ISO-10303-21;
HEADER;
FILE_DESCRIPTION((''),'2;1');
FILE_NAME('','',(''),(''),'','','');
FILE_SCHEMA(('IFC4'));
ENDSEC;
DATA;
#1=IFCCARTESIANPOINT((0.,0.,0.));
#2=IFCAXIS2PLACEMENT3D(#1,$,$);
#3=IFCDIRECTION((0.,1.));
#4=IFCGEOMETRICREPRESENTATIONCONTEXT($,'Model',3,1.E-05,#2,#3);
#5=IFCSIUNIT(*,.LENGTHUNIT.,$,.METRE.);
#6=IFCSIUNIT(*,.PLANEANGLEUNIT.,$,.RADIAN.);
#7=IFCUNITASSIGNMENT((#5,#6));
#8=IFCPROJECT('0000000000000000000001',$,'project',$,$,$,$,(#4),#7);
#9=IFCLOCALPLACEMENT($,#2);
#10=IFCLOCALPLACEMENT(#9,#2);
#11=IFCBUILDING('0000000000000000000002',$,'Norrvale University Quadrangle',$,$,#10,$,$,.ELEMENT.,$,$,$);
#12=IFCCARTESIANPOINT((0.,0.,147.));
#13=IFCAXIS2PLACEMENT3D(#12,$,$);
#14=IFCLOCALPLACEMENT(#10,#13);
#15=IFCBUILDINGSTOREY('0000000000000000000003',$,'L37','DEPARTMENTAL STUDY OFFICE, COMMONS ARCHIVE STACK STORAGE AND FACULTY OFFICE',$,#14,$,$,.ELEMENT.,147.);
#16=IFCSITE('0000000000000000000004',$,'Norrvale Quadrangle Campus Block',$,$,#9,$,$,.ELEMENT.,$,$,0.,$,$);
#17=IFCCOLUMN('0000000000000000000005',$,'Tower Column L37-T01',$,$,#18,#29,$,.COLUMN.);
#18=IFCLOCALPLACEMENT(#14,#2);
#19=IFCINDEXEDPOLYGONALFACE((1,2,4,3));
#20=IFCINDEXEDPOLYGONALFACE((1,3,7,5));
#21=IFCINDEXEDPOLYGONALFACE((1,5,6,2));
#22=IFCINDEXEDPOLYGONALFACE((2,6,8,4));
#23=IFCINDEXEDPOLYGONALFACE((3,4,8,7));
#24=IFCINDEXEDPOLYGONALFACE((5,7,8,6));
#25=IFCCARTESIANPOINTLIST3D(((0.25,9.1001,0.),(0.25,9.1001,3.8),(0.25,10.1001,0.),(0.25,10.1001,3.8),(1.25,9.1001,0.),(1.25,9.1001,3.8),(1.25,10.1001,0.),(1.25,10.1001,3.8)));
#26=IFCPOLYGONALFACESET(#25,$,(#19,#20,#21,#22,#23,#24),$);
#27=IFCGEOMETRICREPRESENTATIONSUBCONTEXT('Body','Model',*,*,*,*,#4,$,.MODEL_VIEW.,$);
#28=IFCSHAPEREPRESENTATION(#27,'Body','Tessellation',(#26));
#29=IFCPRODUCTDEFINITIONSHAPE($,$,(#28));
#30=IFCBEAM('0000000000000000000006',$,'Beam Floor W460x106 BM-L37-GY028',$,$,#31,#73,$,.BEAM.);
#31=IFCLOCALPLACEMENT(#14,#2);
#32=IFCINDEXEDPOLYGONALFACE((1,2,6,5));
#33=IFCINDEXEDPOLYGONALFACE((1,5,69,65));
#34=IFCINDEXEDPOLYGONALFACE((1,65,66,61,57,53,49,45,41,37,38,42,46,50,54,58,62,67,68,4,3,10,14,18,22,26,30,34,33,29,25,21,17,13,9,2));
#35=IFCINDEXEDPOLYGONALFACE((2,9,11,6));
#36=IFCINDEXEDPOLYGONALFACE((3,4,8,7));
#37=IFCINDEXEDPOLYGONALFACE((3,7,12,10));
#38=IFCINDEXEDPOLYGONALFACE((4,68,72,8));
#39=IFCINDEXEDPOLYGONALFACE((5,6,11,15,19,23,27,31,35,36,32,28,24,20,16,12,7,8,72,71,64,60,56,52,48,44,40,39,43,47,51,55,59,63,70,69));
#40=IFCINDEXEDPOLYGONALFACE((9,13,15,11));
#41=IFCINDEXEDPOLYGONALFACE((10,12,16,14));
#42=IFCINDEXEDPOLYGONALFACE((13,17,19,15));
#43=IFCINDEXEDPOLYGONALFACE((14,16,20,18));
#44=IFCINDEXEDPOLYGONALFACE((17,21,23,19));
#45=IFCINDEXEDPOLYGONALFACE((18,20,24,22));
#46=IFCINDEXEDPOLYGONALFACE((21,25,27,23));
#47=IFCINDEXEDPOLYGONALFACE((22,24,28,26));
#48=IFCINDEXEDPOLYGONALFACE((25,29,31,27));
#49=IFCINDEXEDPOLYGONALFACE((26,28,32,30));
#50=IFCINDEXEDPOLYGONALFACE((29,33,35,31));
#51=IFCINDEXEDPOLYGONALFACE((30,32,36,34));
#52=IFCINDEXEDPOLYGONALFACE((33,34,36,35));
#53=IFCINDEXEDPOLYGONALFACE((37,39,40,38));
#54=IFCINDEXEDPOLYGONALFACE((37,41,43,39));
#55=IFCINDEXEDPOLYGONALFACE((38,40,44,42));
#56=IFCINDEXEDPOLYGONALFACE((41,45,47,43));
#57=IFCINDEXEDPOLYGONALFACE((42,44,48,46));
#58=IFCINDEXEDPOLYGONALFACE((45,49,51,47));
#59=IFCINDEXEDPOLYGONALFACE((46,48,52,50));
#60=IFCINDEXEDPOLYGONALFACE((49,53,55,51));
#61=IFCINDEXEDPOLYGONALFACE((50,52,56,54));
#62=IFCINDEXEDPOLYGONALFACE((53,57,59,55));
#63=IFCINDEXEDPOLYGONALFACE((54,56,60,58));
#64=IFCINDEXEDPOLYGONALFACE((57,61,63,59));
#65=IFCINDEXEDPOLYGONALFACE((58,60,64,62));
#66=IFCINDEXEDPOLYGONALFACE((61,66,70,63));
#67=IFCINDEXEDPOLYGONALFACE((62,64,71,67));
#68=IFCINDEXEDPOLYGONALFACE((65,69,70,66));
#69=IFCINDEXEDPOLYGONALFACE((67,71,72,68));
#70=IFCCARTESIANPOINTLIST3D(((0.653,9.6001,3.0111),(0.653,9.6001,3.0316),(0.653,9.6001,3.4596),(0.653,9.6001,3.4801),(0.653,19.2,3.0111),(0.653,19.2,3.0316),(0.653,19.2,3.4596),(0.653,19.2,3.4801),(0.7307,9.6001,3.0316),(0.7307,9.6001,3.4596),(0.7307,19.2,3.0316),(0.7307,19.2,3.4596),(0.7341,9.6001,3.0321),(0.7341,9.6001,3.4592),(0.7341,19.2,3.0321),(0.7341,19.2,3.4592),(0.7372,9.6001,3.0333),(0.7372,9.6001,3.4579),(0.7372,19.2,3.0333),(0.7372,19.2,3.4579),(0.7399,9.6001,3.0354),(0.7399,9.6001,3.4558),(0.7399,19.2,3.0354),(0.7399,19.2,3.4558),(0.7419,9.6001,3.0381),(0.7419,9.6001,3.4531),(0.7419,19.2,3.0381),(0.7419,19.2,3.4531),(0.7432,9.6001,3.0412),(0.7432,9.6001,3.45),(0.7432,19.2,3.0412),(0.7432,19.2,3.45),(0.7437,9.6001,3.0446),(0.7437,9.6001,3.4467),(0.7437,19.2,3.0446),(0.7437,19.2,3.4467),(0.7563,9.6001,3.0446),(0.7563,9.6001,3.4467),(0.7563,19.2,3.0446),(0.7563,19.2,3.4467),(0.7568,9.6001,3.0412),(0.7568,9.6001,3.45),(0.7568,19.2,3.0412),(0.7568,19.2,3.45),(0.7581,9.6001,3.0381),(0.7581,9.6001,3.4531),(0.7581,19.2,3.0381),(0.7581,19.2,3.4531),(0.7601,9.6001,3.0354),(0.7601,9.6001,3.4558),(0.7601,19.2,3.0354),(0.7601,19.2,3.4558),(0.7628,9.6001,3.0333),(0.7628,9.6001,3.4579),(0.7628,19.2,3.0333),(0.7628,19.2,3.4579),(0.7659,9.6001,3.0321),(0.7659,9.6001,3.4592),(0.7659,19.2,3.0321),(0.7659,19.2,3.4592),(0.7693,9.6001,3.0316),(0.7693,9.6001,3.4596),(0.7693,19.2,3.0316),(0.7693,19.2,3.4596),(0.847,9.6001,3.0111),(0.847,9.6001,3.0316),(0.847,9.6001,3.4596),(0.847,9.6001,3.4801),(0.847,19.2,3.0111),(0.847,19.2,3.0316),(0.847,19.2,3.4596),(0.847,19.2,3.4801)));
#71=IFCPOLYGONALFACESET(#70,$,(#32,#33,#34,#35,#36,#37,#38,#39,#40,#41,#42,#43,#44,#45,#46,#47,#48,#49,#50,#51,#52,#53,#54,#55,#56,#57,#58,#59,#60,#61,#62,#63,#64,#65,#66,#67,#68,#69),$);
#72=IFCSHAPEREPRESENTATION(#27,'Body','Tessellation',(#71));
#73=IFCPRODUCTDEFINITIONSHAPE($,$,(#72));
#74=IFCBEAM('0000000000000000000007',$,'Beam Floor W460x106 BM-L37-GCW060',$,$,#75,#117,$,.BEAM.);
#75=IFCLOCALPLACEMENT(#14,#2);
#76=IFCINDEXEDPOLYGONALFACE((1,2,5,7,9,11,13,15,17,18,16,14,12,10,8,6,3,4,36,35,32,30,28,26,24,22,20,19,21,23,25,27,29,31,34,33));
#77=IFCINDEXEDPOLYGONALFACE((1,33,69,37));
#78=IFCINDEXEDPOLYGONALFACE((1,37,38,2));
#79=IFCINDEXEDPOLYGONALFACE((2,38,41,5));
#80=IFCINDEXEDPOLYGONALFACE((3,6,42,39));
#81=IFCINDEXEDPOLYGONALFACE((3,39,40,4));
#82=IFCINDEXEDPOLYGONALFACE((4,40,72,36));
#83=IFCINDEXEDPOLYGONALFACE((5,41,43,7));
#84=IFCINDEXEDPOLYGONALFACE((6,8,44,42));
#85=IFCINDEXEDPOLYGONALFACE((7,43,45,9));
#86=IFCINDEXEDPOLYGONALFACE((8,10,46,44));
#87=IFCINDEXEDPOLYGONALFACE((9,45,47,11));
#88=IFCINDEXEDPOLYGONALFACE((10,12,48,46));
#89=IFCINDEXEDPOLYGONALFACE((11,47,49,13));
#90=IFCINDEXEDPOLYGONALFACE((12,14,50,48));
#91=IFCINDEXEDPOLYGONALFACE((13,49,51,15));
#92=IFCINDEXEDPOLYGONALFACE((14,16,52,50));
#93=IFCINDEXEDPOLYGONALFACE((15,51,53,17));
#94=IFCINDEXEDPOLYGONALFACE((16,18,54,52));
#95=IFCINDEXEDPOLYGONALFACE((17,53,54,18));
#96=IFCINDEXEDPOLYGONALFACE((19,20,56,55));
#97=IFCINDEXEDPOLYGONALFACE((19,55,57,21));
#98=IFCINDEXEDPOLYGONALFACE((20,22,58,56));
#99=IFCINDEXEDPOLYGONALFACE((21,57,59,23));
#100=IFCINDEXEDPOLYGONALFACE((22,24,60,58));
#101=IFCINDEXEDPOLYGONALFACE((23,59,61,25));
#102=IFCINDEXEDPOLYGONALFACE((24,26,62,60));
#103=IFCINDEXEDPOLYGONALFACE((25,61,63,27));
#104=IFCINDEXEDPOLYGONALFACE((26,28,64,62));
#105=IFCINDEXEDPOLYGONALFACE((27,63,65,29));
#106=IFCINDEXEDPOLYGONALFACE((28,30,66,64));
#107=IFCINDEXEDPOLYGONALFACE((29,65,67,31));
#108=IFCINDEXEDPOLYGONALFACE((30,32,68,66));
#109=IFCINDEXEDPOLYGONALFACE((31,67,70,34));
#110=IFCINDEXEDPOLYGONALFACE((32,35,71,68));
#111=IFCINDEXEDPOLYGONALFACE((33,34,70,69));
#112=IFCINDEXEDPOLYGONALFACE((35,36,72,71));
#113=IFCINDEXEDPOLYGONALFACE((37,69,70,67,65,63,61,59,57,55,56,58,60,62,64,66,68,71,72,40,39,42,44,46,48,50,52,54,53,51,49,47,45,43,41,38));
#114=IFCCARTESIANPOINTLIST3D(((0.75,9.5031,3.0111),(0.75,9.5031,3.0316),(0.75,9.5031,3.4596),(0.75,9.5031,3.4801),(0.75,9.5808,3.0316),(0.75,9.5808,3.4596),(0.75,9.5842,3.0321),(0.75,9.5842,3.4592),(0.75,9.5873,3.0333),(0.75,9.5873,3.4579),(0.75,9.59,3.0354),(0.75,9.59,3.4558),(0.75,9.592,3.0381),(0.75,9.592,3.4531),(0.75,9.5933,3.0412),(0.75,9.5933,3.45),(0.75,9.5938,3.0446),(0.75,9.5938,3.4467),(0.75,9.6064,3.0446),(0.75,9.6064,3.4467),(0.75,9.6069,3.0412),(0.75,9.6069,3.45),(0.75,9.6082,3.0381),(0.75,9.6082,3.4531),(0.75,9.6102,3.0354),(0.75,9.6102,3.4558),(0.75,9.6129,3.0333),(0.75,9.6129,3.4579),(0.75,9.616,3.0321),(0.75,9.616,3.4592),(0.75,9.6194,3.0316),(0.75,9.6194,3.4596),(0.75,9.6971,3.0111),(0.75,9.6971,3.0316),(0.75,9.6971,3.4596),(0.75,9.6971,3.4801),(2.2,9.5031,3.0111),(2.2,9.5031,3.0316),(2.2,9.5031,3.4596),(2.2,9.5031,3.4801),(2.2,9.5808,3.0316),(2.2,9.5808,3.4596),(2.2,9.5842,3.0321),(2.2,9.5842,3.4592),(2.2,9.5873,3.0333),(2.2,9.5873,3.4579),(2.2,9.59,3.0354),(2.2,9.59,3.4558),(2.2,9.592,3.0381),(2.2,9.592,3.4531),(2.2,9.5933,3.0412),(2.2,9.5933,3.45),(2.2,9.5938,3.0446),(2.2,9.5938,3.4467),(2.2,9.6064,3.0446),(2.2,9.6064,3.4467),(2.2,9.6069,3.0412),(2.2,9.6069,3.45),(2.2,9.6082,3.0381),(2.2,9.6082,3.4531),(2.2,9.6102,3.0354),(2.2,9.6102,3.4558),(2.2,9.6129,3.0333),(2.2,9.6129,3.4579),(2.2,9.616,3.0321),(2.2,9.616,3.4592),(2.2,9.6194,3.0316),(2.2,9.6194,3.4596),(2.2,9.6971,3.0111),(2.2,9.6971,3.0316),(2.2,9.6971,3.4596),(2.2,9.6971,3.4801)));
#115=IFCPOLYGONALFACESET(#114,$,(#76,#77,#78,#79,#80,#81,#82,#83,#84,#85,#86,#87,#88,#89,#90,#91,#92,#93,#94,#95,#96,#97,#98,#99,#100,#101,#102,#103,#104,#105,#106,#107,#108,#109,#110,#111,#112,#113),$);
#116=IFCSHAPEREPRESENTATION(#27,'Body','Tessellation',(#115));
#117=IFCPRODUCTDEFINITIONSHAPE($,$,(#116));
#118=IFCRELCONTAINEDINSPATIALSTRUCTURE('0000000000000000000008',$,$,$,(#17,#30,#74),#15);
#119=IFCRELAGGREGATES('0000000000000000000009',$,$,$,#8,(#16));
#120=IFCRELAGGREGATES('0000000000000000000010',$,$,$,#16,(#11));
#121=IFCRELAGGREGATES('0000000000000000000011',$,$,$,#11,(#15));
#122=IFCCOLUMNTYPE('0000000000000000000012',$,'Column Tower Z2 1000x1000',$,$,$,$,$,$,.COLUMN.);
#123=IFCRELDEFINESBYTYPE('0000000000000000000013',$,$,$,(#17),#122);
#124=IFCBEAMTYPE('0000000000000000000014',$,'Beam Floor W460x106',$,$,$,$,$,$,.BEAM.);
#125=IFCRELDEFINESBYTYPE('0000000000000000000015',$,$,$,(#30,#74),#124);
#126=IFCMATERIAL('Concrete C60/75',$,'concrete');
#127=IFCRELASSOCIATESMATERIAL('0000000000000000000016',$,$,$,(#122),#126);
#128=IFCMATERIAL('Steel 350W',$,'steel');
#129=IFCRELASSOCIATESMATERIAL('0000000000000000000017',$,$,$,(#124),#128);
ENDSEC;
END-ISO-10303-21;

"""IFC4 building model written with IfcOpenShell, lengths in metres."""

from ifc_helpers import new_model, si_unit, direction, frame, origin, origin_2d, place, context, subcontext, project, spatial, rectangle, i_section, extrude, material, material_profile, profile_set, type_object, element, save


model = new_model("IFC4")

# Units and contexts
model_context = context("Model", 3, precision=1e-05, world=origin(), true_north=direction((0.0, 1.0)))
body_context = subcontext(model_context, "Body", "Model", "MODEL_VIEW")
ifc_project = project(units=[si_unit("LENGTHUNIT", "METRE"), si_unit("PLANEANGLEUNIT", "RADIAN")], contexts=[model_context])

# Site, building, storey
site_placement = place(None, origin())
site = spatial("IfcSite", under=ifc_project, at=site_placement, Name="Norrvale Quadrangle Campus Block", CompositionType="ELEMENT", RefElevation=0.0)
building_placement = place(site_placement, origin())
building = spatial("IfcBuilding", under=site, at=building_placement, Name="Norrvale University Quadrangle", CompositionType="ELEMENT")
storey_placement = place(building_placement, frame((0.0, 0.0, 147.0)))
storey = spatial("IfcBuildingStorey", under=building, at=storey_placement, Name="L37", Description="DEPARTMENTAL STUDY OFFICE, COMMONS ARCHIVE STACK STORAGE AND FACULTY OFFICE", CompositionType="ELEMENT", Elevation=147.0)

# Column
ifc_material_1 = material(Name="Concrete C60/75", Category="concrete")
ifc_material_profile_1 = material_profile(ifc_material_1, rectangle(XDim=1.0, YDim=1.0, at=origin_2d()), Name="Concrete C60/75")
ifc_profile_set_1 = profile_set([ifc_material_profile_1], Name="Concrete C60/75")
column_type = type_object("IfcColumnType", Name="Column Tower Z2 1000x1000", PredefinedType="COLUMN", material=ifc_profile_set_1)
column_placement = place(storey_placement, frame((0.75, 9.6001, 0.0), z_axis=(0.0, 0.0, 1.0), x_axis=(1.0, 0.0, 0.0)))
element("IfcColumn", 1, at=column_placement, inside=storey, type_object=column_type, Name="Tower Column L37-T01", PredefinedType="COLUMN", context=body_context, shape_type="SweptSolid", body=[
    extrude(rectangle(XDim=1.0, YDim=1.0, at=origin_2d()), origin(), (0.0, 0.0, 1.0), 3.8),
])

# Beams
ifc_material_2 = material(Name="Steel 350W", Category="steel")
ifc_material_profile_2 = material_profile(ifc_material_2, i_section(OverallWidth=0.1941, OverallDepth=0.469, WebThickness=0.0127, FlangeThickness=0.0205, FilletRadius=0.0129, at=origin_2d()), Name="Steel 350W")
ifc_profile_set_2 = profile_set([ifc_material_profile_2], Name="Steel 350W")
beam_type = type_object("IfcBeamType", Name="Beam Floor W460x106", PredefinedType="BEAM", material=ifc_profile_set_2)
beam_1_placement = place(storey_placement, frame((0.75, 9.6001, 3.2456), z_axis=(0.0, 1.0, 0.0), x_axis=(-1.0, 0.0, 0.0)))
element("IfcBeam", 2, at=beam_1_placement, inside=storey, type_object=beam_type, Name="Beam Floor W460x106 BM-L37-GY028", PredefinedType="BEAM", context=body_context, shape_type="SweptSolid", body=[
    extrude(i_section(OverallWidth=0.1941, OverallDepth=0.469, WebThickness=0.0127, FlangeThickness=0.0205, FilletRadius=0.0129, at=origin_2d()), origin(), (0.0, 0.0, 1.0), 9.5999),
])
beam_2_placement = place(storey_placement, frame((0.75, 9.6001, 3.2456), z_axis=(1.0, 0.0, 0.0), x_axis=(0.0, 1.0, 0.0)))
element("IfcBeam", 3, at=beam_2_placement, inside=storey, type_object=beam_type, Name="Beam Floor W460x106 BM-L37-GCW060", PredefinedType="BEAM", context=body_context, shape_type="SweptSolid", body=[
    extrude(i_section(OverallWidth=0.1941, OverallDepth=0.469, WebThickness=0.0127, FlangeThickness=0.0205, FilletRadius=0.0129, at=origin_2d()), origin(), (0.0, 0.0, 1.0), 1.45),
])

save(model, "model.ifc")
